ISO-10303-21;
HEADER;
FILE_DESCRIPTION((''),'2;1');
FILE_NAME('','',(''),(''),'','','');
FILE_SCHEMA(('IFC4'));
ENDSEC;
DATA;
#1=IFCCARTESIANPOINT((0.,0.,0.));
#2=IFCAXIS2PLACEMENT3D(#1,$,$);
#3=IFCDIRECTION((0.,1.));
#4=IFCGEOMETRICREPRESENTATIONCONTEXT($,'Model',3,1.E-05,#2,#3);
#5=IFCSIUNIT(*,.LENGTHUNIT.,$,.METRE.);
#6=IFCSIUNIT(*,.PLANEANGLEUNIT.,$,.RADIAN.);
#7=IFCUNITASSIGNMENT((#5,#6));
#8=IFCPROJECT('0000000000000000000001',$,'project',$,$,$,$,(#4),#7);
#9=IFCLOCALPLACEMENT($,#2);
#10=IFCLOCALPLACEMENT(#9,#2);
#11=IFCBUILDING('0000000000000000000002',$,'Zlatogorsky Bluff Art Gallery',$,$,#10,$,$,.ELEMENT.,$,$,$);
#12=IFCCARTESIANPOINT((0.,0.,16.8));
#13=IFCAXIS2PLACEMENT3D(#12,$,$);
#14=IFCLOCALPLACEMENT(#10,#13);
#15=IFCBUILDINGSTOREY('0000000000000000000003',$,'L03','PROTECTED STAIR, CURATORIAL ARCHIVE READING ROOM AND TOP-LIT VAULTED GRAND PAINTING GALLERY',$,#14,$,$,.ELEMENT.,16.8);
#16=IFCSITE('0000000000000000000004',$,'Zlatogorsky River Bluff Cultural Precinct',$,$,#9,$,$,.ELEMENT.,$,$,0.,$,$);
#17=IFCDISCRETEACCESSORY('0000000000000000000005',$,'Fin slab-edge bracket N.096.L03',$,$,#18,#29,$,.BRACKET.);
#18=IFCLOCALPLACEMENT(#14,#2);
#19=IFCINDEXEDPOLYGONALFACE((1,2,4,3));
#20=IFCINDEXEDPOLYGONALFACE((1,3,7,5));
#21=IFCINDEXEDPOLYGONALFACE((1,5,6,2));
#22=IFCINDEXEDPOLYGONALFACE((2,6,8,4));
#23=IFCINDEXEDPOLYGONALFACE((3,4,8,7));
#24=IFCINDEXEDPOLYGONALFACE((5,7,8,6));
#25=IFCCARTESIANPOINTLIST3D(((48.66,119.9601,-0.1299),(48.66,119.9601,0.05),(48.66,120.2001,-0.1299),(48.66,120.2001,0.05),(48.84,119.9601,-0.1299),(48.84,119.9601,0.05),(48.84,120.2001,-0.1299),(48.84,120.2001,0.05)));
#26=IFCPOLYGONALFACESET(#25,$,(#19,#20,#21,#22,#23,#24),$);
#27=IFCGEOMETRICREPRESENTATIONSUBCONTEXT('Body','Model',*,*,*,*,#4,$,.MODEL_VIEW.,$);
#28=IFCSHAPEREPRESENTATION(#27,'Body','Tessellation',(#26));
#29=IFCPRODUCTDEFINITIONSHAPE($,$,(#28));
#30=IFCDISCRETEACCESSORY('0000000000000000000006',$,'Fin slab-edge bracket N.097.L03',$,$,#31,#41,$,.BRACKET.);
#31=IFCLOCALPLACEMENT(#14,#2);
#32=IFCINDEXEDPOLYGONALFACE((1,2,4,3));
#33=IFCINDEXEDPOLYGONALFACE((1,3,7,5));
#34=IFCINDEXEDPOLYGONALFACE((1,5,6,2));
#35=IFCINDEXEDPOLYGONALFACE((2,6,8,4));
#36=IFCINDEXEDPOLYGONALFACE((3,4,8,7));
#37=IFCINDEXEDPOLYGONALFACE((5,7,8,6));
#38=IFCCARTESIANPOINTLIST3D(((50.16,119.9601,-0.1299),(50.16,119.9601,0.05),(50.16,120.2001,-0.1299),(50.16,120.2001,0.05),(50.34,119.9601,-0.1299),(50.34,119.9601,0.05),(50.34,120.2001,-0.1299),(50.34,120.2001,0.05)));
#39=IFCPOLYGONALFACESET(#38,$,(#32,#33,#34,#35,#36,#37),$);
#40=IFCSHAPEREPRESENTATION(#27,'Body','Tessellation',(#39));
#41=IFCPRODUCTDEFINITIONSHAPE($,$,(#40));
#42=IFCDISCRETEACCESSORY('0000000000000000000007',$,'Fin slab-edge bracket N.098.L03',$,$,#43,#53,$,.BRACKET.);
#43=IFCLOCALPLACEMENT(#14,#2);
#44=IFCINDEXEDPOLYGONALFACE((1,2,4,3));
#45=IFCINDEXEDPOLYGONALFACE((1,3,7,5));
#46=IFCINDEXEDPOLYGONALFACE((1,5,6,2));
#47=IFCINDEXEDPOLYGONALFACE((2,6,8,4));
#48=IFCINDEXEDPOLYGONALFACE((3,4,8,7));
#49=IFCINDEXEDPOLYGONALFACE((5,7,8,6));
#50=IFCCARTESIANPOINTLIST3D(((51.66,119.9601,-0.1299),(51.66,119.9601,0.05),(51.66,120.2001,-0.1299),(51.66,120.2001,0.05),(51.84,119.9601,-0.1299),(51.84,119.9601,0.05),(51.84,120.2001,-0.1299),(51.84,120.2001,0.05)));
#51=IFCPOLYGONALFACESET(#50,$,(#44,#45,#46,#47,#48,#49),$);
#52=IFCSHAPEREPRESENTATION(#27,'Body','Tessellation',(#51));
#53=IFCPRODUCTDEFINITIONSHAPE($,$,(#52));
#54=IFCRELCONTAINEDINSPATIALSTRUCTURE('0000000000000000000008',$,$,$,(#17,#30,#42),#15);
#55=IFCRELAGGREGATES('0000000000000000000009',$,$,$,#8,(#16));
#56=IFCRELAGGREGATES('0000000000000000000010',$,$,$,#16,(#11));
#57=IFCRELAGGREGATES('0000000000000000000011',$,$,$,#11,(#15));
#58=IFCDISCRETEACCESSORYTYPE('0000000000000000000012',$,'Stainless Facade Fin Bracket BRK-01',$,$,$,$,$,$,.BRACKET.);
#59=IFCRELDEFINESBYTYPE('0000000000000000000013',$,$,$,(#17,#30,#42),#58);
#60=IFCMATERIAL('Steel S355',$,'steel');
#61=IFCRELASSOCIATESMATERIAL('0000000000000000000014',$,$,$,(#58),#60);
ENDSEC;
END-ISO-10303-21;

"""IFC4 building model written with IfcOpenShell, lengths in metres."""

from ifc_helpers import new_model, si_unit, direction, frame, origin, origin_2d, place, context, subcontext, project, spatial, rectangle, extrude, material, type_object, element, save


model = new_model("IFC4")

# Units and contexts
model_context = context("Model", 3, precision=1e-05, world=origin(), true_north=direction((0.0, 1.0)))
body_context = subcontext(model_context, "Body", "Model", "MODEL_VIEW")
ifc_project = project(units=[si_unit("LENGTHUNIT", "METRE"), si_unit("PLANEANGLEUNIT", "RADIAN")], contexts=[model_context])

# Site, building, storey
site_placement = place(None, origin())
site = spatial("IfcSite", under=ifc_project, at=site_placement, Name="Zlatogorsky River Bluff Cultural Precinct", CompositionType="ELEMENT", RefElevation=0.0)
building_placement = place(site_placement, origin())
building = spatial("IfcBuilding", under=site, at=building_placement, Name="Zlatogorsky Bluff Art Gallery", CompositionType="ELEMENT")
storey_placement = place(building_placement, frame((0.0, 0.0, 16.8)))
storey = spatial("IfcBuildingStorey", under=building, at=storey_placement, Name="L03", Description="PROTECTED STAIR, CURATORIAL ARCHIVE READING ROOM AND TOP-LIT VAULTED GRAND PAINTING GALLERY", CompositionType="ELEMENT", Elevation=16.8)

# Shared definitions
ifc_material_1 = material(Name="Steel S355", Category="steel")

# Discrete accessories
discrete_accessory_type = type_object("IfcDiscreteAccessoryType", Name="Stainless Facade Fin Bracket BRK-01", PredefinedType="BRACKET", material=ifc_material_1)
for number, where, z_axis, x_axis, name in (
    (1, (48.75, 120.0801, -0.1299), (0.0, 0.0, 1.0), (1.0, 0.0, 0.0), "Fin slab-edge bracket N.096.L03"),
    (2, (50.25, 120.0801, -0.1299), (0.0, 0.0, 1.0), (1.0, 0.0, 0.0), "Fin slab-edge bracket N.097.L03"),
    (3, (51.75, 120.0801, -0.1299), (0.0, 0.0, 1.0), (1.0, 0.0, 0.0), "Fin slab-edge bracket N.098.L03"),
):
    element("IfcDiscreteAccessory", number, at=place(storey_placement, frame(where, z_axis=z_axis, x_axis=x_axis)), inside=storey, type_object=discrete_accessory_type, Name=name, PredefinedType="BRACKET", context=body_context, shape_type="SweptSolid", body=[
        extrude(rectangle(XDim=0.1799, YDim=0.24, at=origin_2d()), origin(), (0.0, 0.0, 1.0), 0.1799),
    ])

save(model, "model.ifc")
